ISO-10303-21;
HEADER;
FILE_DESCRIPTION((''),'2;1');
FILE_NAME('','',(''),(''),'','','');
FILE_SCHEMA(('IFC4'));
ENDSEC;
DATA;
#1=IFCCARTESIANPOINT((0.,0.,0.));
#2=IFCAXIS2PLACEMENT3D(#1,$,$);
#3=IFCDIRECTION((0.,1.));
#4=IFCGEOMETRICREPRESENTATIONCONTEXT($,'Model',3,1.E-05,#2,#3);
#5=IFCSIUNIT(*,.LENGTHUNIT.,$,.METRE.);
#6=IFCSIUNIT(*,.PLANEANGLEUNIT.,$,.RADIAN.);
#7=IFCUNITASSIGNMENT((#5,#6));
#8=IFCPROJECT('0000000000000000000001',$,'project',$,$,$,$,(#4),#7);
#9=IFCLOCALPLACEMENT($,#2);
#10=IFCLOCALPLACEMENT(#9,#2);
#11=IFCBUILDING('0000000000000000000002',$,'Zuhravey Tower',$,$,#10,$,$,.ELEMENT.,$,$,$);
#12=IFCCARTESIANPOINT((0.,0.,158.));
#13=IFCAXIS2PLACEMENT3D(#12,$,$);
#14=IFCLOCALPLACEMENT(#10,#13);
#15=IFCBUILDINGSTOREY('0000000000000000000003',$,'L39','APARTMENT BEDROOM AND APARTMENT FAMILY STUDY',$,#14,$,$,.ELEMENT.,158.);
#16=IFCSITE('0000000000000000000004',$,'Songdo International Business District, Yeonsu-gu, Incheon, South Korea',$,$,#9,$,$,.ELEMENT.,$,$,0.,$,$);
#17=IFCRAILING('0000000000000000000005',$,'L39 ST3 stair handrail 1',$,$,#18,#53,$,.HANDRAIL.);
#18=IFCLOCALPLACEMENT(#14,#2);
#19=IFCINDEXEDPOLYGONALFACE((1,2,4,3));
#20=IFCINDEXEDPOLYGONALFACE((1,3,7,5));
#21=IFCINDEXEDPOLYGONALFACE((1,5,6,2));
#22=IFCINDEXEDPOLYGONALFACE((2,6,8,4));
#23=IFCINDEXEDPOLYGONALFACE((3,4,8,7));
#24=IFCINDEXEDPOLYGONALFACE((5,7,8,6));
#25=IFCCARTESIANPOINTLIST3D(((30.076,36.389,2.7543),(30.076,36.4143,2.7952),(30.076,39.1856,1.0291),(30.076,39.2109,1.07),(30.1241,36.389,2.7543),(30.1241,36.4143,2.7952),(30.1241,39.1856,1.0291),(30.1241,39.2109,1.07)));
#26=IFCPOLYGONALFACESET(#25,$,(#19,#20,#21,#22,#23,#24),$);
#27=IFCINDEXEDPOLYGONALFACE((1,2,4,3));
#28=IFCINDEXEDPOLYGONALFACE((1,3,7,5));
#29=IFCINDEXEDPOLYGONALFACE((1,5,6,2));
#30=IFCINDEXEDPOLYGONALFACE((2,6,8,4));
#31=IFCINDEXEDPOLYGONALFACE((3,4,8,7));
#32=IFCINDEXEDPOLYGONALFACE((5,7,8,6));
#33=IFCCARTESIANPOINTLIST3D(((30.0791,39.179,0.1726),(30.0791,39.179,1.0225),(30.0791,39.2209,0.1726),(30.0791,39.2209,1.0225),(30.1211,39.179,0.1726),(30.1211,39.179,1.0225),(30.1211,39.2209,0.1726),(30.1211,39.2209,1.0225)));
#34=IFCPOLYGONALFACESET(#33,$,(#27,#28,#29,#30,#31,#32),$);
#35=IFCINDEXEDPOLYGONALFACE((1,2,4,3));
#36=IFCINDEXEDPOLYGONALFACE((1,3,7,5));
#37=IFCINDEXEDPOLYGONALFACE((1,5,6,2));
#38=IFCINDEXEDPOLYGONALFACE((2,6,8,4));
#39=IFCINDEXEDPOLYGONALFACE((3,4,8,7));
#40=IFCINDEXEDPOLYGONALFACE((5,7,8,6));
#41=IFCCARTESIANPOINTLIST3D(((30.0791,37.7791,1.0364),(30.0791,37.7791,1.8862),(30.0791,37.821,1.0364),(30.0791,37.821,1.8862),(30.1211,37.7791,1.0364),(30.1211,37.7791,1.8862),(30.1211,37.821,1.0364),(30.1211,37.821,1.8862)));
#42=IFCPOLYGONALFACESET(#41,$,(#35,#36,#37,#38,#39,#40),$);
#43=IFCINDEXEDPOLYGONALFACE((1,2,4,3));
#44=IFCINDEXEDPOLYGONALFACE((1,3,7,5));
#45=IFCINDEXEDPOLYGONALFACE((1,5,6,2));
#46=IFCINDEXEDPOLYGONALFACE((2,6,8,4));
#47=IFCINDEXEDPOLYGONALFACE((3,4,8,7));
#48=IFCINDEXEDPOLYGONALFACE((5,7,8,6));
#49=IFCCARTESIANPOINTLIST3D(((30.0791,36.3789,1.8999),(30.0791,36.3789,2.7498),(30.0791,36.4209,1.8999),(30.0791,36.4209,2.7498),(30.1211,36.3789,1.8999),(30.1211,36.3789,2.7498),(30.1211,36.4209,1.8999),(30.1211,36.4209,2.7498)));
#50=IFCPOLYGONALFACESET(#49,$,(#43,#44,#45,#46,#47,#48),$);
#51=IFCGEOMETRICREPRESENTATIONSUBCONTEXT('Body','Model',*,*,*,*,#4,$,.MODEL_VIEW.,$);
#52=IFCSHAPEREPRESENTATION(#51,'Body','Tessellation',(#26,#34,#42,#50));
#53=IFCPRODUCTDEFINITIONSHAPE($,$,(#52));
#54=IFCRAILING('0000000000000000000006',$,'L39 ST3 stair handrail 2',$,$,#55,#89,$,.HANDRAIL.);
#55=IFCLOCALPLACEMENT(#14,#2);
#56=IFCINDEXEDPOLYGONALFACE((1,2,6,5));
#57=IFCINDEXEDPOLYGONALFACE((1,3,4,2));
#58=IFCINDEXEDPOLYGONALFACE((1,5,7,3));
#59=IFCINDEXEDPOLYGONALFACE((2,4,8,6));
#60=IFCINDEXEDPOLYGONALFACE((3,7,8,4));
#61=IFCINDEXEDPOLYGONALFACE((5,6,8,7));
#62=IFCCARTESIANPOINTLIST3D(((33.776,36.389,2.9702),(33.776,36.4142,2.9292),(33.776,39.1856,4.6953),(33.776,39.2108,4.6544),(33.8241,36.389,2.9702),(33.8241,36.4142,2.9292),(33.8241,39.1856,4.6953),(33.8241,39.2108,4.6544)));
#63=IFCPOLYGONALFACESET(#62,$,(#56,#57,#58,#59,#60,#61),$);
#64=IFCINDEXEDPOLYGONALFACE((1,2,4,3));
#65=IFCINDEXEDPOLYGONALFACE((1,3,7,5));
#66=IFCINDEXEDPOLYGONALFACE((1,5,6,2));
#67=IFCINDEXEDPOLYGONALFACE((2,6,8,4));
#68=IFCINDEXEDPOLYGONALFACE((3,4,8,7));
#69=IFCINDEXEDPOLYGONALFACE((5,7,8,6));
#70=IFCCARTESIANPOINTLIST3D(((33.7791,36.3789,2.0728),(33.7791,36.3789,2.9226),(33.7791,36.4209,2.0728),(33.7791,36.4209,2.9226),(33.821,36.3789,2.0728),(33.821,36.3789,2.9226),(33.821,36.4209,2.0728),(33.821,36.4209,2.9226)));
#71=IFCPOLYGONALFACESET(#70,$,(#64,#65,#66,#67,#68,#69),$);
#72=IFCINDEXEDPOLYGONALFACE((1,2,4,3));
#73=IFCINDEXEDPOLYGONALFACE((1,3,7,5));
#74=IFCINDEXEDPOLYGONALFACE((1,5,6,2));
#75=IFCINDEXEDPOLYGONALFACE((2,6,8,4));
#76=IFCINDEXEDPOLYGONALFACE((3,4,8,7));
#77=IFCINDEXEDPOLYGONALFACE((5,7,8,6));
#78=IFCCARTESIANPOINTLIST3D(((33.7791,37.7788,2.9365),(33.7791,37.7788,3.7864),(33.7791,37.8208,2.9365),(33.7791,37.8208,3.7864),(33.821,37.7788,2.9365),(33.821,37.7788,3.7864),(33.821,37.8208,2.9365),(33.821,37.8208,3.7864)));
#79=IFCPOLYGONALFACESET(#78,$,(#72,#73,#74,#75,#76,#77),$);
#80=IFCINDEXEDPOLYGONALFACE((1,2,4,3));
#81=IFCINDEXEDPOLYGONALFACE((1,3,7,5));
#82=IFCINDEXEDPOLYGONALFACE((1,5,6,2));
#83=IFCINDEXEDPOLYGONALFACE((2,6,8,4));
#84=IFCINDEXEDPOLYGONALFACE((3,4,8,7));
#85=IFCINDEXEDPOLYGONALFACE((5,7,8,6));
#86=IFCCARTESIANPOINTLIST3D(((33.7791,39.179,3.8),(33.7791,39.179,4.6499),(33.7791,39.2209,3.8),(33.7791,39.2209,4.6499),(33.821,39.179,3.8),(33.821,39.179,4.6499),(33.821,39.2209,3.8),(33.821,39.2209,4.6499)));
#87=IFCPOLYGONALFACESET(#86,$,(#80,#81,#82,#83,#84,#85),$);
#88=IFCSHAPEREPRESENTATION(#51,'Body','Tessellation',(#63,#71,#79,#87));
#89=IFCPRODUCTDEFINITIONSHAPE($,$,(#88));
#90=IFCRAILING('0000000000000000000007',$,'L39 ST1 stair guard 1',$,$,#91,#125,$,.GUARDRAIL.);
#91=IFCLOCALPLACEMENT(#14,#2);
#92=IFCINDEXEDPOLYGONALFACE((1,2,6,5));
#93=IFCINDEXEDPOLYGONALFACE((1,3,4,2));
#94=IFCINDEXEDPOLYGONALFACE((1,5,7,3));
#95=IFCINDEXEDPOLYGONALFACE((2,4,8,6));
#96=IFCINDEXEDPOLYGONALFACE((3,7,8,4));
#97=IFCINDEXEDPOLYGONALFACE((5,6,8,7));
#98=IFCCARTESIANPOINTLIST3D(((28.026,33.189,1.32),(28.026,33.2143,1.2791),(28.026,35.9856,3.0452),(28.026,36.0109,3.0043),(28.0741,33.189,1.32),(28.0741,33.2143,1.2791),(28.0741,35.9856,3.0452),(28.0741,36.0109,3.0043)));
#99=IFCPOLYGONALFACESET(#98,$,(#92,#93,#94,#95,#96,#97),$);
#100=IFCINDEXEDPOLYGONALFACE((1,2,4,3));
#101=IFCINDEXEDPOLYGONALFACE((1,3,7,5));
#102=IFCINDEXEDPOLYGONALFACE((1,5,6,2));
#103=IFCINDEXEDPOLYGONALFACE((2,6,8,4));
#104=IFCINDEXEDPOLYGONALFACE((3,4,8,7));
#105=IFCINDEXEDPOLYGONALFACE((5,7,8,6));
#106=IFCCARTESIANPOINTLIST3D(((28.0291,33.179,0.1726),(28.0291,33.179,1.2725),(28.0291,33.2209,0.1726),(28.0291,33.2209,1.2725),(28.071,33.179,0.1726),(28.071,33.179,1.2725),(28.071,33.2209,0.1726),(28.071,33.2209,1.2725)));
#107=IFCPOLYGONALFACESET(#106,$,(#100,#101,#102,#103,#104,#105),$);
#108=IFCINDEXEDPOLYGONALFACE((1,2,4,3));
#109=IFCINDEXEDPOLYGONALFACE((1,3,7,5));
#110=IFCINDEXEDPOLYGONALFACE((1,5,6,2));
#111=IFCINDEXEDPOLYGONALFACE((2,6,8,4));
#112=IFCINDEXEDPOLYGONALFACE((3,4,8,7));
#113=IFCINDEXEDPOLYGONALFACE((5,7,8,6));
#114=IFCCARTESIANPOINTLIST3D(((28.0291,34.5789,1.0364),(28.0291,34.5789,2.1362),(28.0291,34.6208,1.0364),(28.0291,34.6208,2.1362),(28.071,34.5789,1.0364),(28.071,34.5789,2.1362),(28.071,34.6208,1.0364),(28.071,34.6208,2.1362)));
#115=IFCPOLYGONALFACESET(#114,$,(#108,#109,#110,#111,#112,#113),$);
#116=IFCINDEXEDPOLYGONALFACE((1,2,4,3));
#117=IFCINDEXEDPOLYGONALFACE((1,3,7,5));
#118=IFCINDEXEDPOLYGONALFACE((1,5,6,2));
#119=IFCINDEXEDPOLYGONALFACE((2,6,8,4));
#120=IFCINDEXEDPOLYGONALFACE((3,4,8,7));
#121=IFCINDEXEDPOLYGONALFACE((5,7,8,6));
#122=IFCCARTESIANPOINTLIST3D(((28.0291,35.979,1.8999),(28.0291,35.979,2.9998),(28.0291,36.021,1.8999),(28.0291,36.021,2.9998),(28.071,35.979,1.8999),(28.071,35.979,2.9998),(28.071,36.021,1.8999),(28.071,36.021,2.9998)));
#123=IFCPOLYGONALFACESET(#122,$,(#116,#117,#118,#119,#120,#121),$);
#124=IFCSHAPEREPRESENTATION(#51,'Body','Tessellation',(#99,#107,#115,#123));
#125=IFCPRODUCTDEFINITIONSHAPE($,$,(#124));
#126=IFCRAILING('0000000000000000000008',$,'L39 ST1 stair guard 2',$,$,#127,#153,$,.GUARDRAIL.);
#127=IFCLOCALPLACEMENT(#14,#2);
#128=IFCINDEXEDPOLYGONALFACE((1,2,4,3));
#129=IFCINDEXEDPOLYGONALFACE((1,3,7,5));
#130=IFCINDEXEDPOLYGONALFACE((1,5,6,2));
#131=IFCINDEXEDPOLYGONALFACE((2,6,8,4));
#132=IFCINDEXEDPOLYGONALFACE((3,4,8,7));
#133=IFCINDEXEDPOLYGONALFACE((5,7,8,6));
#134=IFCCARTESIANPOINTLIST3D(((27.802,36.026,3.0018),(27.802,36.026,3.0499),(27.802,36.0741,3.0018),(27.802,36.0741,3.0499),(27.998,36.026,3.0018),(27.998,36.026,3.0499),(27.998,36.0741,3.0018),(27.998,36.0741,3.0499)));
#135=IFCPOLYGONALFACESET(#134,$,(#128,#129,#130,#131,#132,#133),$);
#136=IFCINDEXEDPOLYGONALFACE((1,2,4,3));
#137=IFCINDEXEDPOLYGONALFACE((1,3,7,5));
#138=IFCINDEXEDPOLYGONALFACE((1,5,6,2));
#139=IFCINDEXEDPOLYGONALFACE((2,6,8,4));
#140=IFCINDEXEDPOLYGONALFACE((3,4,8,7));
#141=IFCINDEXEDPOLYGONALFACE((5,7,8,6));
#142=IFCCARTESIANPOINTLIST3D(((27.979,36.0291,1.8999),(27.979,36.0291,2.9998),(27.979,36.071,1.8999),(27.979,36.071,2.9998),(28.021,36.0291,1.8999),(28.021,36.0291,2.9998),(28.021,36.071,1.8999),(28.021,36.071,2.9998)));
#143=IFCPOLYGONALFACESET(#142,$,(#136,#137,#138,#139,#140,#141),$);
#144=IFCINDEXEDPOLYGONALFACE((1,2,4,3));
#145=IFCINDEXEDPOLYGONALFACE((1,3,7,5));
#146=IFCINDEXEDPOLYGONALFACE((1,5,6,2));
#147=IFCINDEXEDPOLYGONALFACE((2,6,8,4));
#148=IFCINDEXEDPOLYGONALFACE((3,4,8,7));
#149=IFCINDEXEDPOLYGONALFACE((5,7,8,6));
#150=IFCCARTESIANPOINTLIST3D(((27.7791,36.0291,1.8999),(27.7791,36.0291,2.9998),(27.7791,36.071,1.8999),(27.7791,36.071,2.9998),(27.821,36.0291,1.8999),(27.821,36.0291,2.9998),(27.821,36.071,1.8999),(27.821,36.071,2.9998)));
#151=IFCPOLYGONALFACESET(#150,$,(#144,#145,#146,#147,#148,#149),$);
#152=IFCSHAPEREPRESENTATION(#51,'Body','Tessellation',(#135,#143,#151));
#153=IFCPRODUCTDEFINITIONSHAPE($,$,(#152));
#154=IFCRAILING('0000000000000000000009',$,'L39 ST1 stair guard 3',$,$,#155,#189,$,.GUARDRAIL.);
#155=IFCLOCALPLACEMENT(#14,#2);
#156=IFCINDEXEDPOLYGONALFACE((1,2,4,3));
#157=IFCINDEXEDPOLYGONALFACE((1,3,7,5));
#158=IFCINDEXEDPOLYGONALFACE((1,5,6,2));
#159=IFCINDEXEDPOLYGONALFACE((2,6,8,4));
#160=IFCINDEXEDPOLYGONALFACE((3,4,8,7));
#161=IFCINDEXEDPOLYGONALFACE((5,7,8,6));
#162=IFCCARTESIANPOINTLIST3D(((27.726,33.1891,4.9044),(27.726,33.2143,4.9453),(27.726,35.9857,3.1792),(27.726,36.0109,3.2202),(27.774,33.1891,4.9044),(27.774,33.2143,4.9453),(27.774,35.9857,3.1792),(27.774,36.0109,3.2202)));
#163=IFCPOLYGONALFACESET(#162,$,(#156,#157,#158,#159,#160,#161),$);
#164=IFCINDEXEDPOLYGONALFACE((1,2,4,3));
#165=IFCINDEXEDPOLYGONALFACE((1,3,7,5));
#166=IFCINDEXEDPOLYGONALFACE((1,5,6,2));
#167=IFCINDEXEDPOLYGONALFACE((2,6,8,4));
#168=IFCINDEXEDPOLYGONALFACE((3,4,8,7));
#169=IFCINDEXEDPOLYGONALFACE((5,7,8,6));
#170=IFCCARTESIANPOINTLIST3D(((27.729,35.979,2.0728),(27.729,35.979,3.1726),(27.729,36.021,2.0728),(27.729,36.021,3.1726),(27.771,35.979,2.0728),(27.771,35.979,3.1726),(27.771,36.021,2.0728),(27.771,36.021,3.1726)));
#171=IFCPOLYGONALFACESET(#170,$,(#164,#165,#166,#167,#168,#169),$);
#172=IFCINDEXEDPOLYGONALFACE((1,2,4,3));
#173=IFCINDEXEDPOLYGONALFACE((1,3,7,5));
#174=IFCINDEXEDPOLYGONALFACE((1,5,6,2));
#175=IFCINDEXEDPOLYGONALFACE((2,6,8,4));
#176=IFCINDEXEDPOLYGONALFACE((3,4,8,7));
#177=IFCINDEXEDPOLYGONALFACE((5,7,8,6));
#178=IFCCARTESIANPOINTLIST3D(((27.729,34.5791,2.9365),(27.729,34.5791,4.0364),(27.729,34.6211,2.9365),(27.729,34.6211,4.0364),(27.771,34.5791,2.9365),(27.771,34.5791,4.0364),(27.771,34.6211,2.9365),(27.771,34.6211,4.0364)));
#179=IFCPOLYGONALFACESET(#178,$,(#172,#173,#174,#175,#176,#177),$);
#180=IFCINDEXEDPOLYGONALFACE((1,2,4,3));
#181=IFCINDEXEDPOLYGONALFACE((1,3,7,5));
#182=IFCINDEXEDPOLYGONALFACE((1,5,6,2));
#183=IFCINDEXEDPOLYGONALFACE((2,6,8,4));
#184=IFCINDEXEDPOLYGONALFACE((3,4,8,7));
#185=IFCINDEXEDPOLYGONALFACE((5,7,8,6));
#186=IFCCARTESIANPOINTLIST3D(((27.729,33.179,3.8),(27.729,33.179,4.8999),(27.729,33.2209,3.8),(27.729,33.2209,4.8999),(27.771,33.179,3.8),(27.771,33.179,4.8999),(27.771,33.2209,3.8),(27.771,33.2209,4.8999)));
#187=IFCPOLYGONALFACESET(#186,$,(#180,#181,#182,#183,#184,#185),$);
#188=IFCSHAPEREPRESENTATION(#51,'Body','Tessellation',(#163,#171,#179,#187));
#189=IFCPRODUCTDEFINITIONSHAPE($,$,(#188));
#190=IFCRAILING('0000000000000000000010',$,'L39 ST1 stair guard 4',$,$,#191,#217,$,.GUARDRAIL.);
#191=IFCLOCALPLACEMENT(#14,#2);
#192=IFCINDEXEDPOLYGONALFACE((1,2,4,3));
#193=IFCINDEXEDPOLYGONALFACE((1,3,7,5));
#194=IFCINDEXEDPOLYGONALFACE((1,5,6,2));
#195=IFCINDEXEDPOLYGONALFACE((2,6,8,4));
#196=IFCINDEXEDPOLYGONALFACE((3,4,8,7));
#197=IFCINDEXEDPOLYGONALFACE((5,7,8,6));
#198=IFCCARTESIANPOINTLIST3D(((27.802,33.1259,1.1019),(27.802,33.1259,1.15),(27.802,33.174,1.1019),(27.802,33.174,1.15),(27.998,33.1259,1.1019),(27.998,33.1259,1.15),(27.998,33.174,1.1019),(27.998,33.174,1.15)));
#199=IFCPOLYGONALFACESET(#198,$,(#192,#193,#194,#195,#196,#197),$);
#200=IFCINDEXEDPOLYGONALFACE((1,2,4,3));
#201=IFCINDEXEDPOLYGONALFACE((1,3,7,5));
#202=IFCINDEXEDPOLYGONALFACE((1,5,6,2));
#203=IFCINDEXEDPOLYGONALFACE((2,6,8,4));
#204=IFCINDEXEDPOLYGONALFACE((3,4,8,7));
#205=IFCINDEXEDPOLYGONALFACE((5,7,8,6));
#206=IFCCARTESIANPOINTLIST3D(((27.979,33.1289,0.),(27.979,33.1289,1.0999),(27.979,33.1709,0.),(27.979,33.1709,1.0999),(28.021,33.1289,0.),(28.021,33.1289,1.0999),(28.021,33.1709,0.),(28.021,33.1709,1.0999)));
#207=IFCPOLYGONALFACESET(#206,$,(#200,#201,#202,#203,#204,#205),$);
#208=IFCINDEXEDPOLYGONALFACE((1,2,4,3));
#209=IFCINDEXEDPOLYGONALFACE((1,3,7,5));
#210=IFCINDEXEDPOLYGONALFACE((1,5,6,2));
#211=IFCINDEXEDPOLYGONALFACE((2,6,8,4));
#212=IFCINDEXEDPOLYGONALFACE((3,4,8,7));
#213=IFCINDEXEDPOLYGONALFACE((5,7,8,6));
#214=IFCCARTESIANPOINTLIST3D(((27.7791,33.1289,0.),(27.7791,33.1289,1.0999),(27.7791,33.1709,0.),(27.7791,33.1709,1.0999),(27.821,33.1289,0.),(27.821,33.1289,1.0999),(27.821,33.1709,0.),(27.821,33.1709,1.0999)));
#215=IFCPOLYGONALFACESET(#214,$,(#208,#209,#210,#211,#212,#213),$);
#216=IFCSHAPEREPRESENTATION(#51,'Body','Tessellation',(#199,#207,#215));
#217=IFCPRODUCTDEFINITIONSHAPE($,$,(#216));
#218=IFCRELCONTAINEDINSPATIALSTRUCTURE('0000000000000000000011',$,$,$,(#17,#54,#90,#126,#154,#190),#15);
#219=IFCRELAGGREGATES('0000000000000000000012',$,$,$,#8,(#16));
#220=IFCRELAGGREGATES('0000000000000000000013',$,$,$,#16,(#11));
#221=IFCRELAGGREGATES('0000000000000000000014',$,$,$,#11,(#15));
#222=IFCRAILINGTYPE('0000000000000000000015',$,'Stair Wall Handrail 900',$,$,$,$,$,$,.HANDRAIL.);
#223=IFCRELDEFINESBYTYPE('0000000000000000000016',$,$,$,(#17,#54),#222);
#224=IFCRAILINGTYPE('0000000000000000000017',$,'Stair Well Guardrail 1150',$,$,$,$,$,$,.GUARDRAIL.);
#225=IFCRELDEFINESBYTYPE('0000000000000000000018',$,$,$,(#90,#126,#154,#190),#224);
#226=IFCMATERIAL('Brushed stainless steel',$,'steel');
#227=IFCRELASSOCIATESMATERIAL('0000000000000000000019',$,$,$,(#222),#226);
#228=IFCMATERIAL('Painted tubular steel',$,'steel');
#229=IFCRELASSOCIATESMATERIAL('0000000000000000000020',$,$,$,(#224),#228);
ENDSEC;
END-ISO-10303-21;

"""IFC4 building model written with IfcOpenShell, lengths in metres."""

from ifc_helpers import new_model, si_unit, direction, frame, origin, origin_2d, place, context, subcontext, project, spatial, rectangle, extrude, material, type_object, element, save


model = new_model("IFC4")

# Units and contexts
model_context = context("Model", 3, precision=1e-05, world=origin(), true_north=direction((0.0, 1.0)))
body_context = subcontext(model_context, "Body", "Model", "MODEL_VIEW")
ifc_project = project(units=[si_unit("LENGTHUNIT", "METRE"), si_unit("PLANEANGLEUNIT", "RADIAN")], contexts=[model_context])

# Site, building, storey
site_placement = place(None, origin())
site = spatial("IfcSite", under=ifc_project, at=site_placement, Name="Songdo International Business District, Yeonsu-gu, Incheon, South Korea", CompositionType="ELEMENT", RefElevation=0.0)
building_placement = place(site_placement, origin())
building = spatial("IfcBuilding", under=site, at=building_placement, Name="Zuhravey Tower", CompositionType="ELEMENT")
storey_placement = place(building_placement, frame((0.0, 0.0, 158.0)))
storey = spatial("IfcBuildingStorey", under=building, at=storey_placement, Name="L39", Description="APARTMENT BEDROOM AND APARTMENT FAMILY STUDY", CompositionType="ELEMENT", Elevation=158.0)

# Railings
ifc_material_1 = material(Name="Brushed stainless steel", Category="steel")
railing_type_1 = type_object("IfcRailingType", Name="Stair Wall Handrail 900", PredefinedType="HANDRAIL", material=ifc_material_1)
for number, where, name in (
    (1, (30.1001, 39.2, 0.1726), "L39 ST3 stair handrail 1"),
):
    element("IfcRailing", number, at=place(storey_placement, frame(where)), inside=storey, type_object=railing_type_1, Name=name, PredefinedType="HANDRAIL", context=body_context, shape_type="SweptSolid", body=[
        extrude(rectangle(XDim=0.0481, YDim=0.0481, at=origin_2d()), frame((0.0, -0.0017, 0.877), z_axis=(0.0, -0.85109, 0.52502), x_axis=(1.0, 0.0, 0.0)), (0.0, 0.0, 1.0), 3.2859),
        extrude(rectangle(XDim=0.042, YDim=0.042, at=origin_2d()), origin(), (0.0, 0.0, 1.0), 0.8499),
        extrude(rectangle(XDim=0.042, YDim=0.042, at=origin_2d()), frame((0.0, -1.3999, 0.8638)), (0.0, 0.0, 1.0), 0.8499),
        extrude(rectangle(XDim=0.042, YDim=0.042, at=origin_2d()), frame((0.0, -2.8, 1.7273)), (0.0, 0.0, 1.0), 0.8499),
    ])
railing_1_placement = place(storey_placement, frame((33.8, 36.3999, 2.0728)))
element("IfcRailing", 2, at=railing_1_placement, inside=storey, type_object=railing_type_1, Name="L39 ST3 stair handrail 2", PredefinedType="HANDRAIL", context=body_context, shape_type="SweptSolid", body=[
    extrude(rectangle(XDim=0.0481, YDim=0.0481, at=origin_2d()), frame((0.0, 0.0017, 0.877), z_axis=(0.0, 0.85109, 0.52502), x_axis=(-1.0, 0.0, 0.0)), (0.0, 0.0, 1.0), 3.2859),
    extrude(rectangle(XDim=0.042, YDim=0.042, at=origin_2d()), origin(), (0.0, 0.0, 1.0), 0.8499),
    extrude(rectangle(XDim=0.042, YDim=0.042, at=origin_2d()), frame((0.0, 1.3999, 0.8638)), (0.0, 0.0, 1.0), 0.8499),
    extrude(rectangle(XDim=0.042, YDim=0.042, at=origin_2d()), frame((0.0, 2.8, 1.7273)), (0.0, 0.0, 1.0), 0.8499),
])
ifc_material_2 = material(Name="Painted tubular steel", Category="steel")
railing_type_2 = type_object("IfcRailingType", Name="Stair Well Guardrail 1150", PredefinedType="GUARDRAIL", material=ifc_material_2)
railing_2_placement = place(storey_placement, frame((28.05, 33.2, 0.1726)))
element("IfcRailing", 3, at=railing_2_placement, inside=storey, type_object=railing_type_2, Name="L39 ST1 stair guard 1", PredefinedType="GUARDRAIL", context=body_context, shape_type="SweptSolid", body=[
    extrude(rectangle(XDim=0.0481, YDim=0.0481, at=origin_2d()), frame((0.0, 0.0017, 1.127), z_axis=(0.0, 0.85109, 0.52502), x_axis=(-1.0, 0.0, 0.0)), (0.0, 0.0, 1.0), 3.2859),
    extrude(rectangle(XDim=0.042, YDim=0.042, at=origin_2d()), origin(), (0.0, 0.0, 1.0), 1.0999),
    extrude(rectangle(XDim=0.042, YDim=0.042, at=origin_2d()), frame((0.0, 1.3999, 0.8638)), (0.0, 0.0, 1.0), 1.0999),
    extrude(rectangle(XDim=0.042, YDim=0.042, at=origin_2d()), frame((0.0, 2.8, 1.7273)), (0.0, 0.0, 1.0), 1.0999),
])
railing_3_placement = place(storey_placement, frame((28.0, 36.05, 1.8999)))
element("IfcRailing", 4, at=railing_3_placement, inside=storey, type_object=railing_type_2, Name="L39 ST1 stair guard 2", PredefinedType="GUARDRAIL", context=body_context, shape_type="SweptSolid", body=[
    extrude(rectangle(XDim=0.0481, YDim=0.0481, at=origin_2d()), frame((-0.002, 0.0, 1.126), z_axis=(-1.0, 0.0, 0.0), x_axis=(0.0, -1.0, 0.0)), (0.0, 0.0, 1.0), 0.196),
    extrude(rectangle(XDim=0.042, YDim=0.042, at=origin_2d()), origin(), (0.0, 0.0, 1.0), 1.0999),
    extrude(rectangle(XDim=0.042, YDim=0.042, at=origin_2d()), frame((-0.2, 0.0, 0.0)), (0.0, 0.0, 1.0), 1.0999),
])
railing_4_placement = place(storey_placement, frame((27.75, 36.0, 2.0728)))
element("IfcRailing", 5, at=railing_4_placement, inside=storey, type_object=railing_type_2, Name="L39 ST1 stair guard 3", PredefinedType="GUARDRAIL", context=body_context, shape_type="SweptSolid", body=[
    extrude(rectangle(XDim=0.0481, YDim=0.0481, at=origin_2d()), frame((0.0, -0.0017, 1.127), z_axis=(0.0, -0.85109, 0.52502), x_axis=(1.0, 0.0, 0.0)), (0.0, 0.0, 1.0), 3.2859),
    extrude(rectangle(XDim=0.042, YDim=0.042, at=origin_2d()), origin(), (0.0, 0.0, 1.0), 1.0999),
    extrude(rectangle(XDim=0.042, YDim=0.042, at=origin_2d()), frame((0.0, -1.3999, 0.8638)), (0.0, 0.0, 1.0), 1.0999),
    extrude(rectangle(XDim=0.042, YDim=0.042, at=origin_2d()), frame((0.0, -2.8, 1.7273)), (0.0, 0.0, 1.0), 1.0999),
])
railing_5_placement = place(storey_placement, frame((28.0, 33.1499, 0.0)))
element("IfcRailing", 6, at=railing_5_placement, inside=storey, type_object=railing_type_2, Name="L39 ST1 stair guard 4", PredefinedType="GUARDRAIL", context=body_context, shape_type="SweptSolid", body=[
    extrude(rectangle(XDim=0.0481, YDim=0.0481, at=origin_2d()), frame((-0.002, 0.0, 1.126), z_axis=(-1.0, 0.0, 0.0), x_axis=(0.0, -1.0, 0.0)), (0.0, 0.0, 1.0), 0.196),
    extrude(rectangle(XDim=0.042, YDim=0.042, at=origin_2d()), origin(), (0.0, 0.0, 1.0), 1.0999),
    extrude(rectangle(XDim=0.042, YDim=0.042, at=origin_2d()), frame((-0.2, 0.0, 0.0)), (0.0, 0.0, 1.0), 1.0999),
])

save(model, "model.ifc")
